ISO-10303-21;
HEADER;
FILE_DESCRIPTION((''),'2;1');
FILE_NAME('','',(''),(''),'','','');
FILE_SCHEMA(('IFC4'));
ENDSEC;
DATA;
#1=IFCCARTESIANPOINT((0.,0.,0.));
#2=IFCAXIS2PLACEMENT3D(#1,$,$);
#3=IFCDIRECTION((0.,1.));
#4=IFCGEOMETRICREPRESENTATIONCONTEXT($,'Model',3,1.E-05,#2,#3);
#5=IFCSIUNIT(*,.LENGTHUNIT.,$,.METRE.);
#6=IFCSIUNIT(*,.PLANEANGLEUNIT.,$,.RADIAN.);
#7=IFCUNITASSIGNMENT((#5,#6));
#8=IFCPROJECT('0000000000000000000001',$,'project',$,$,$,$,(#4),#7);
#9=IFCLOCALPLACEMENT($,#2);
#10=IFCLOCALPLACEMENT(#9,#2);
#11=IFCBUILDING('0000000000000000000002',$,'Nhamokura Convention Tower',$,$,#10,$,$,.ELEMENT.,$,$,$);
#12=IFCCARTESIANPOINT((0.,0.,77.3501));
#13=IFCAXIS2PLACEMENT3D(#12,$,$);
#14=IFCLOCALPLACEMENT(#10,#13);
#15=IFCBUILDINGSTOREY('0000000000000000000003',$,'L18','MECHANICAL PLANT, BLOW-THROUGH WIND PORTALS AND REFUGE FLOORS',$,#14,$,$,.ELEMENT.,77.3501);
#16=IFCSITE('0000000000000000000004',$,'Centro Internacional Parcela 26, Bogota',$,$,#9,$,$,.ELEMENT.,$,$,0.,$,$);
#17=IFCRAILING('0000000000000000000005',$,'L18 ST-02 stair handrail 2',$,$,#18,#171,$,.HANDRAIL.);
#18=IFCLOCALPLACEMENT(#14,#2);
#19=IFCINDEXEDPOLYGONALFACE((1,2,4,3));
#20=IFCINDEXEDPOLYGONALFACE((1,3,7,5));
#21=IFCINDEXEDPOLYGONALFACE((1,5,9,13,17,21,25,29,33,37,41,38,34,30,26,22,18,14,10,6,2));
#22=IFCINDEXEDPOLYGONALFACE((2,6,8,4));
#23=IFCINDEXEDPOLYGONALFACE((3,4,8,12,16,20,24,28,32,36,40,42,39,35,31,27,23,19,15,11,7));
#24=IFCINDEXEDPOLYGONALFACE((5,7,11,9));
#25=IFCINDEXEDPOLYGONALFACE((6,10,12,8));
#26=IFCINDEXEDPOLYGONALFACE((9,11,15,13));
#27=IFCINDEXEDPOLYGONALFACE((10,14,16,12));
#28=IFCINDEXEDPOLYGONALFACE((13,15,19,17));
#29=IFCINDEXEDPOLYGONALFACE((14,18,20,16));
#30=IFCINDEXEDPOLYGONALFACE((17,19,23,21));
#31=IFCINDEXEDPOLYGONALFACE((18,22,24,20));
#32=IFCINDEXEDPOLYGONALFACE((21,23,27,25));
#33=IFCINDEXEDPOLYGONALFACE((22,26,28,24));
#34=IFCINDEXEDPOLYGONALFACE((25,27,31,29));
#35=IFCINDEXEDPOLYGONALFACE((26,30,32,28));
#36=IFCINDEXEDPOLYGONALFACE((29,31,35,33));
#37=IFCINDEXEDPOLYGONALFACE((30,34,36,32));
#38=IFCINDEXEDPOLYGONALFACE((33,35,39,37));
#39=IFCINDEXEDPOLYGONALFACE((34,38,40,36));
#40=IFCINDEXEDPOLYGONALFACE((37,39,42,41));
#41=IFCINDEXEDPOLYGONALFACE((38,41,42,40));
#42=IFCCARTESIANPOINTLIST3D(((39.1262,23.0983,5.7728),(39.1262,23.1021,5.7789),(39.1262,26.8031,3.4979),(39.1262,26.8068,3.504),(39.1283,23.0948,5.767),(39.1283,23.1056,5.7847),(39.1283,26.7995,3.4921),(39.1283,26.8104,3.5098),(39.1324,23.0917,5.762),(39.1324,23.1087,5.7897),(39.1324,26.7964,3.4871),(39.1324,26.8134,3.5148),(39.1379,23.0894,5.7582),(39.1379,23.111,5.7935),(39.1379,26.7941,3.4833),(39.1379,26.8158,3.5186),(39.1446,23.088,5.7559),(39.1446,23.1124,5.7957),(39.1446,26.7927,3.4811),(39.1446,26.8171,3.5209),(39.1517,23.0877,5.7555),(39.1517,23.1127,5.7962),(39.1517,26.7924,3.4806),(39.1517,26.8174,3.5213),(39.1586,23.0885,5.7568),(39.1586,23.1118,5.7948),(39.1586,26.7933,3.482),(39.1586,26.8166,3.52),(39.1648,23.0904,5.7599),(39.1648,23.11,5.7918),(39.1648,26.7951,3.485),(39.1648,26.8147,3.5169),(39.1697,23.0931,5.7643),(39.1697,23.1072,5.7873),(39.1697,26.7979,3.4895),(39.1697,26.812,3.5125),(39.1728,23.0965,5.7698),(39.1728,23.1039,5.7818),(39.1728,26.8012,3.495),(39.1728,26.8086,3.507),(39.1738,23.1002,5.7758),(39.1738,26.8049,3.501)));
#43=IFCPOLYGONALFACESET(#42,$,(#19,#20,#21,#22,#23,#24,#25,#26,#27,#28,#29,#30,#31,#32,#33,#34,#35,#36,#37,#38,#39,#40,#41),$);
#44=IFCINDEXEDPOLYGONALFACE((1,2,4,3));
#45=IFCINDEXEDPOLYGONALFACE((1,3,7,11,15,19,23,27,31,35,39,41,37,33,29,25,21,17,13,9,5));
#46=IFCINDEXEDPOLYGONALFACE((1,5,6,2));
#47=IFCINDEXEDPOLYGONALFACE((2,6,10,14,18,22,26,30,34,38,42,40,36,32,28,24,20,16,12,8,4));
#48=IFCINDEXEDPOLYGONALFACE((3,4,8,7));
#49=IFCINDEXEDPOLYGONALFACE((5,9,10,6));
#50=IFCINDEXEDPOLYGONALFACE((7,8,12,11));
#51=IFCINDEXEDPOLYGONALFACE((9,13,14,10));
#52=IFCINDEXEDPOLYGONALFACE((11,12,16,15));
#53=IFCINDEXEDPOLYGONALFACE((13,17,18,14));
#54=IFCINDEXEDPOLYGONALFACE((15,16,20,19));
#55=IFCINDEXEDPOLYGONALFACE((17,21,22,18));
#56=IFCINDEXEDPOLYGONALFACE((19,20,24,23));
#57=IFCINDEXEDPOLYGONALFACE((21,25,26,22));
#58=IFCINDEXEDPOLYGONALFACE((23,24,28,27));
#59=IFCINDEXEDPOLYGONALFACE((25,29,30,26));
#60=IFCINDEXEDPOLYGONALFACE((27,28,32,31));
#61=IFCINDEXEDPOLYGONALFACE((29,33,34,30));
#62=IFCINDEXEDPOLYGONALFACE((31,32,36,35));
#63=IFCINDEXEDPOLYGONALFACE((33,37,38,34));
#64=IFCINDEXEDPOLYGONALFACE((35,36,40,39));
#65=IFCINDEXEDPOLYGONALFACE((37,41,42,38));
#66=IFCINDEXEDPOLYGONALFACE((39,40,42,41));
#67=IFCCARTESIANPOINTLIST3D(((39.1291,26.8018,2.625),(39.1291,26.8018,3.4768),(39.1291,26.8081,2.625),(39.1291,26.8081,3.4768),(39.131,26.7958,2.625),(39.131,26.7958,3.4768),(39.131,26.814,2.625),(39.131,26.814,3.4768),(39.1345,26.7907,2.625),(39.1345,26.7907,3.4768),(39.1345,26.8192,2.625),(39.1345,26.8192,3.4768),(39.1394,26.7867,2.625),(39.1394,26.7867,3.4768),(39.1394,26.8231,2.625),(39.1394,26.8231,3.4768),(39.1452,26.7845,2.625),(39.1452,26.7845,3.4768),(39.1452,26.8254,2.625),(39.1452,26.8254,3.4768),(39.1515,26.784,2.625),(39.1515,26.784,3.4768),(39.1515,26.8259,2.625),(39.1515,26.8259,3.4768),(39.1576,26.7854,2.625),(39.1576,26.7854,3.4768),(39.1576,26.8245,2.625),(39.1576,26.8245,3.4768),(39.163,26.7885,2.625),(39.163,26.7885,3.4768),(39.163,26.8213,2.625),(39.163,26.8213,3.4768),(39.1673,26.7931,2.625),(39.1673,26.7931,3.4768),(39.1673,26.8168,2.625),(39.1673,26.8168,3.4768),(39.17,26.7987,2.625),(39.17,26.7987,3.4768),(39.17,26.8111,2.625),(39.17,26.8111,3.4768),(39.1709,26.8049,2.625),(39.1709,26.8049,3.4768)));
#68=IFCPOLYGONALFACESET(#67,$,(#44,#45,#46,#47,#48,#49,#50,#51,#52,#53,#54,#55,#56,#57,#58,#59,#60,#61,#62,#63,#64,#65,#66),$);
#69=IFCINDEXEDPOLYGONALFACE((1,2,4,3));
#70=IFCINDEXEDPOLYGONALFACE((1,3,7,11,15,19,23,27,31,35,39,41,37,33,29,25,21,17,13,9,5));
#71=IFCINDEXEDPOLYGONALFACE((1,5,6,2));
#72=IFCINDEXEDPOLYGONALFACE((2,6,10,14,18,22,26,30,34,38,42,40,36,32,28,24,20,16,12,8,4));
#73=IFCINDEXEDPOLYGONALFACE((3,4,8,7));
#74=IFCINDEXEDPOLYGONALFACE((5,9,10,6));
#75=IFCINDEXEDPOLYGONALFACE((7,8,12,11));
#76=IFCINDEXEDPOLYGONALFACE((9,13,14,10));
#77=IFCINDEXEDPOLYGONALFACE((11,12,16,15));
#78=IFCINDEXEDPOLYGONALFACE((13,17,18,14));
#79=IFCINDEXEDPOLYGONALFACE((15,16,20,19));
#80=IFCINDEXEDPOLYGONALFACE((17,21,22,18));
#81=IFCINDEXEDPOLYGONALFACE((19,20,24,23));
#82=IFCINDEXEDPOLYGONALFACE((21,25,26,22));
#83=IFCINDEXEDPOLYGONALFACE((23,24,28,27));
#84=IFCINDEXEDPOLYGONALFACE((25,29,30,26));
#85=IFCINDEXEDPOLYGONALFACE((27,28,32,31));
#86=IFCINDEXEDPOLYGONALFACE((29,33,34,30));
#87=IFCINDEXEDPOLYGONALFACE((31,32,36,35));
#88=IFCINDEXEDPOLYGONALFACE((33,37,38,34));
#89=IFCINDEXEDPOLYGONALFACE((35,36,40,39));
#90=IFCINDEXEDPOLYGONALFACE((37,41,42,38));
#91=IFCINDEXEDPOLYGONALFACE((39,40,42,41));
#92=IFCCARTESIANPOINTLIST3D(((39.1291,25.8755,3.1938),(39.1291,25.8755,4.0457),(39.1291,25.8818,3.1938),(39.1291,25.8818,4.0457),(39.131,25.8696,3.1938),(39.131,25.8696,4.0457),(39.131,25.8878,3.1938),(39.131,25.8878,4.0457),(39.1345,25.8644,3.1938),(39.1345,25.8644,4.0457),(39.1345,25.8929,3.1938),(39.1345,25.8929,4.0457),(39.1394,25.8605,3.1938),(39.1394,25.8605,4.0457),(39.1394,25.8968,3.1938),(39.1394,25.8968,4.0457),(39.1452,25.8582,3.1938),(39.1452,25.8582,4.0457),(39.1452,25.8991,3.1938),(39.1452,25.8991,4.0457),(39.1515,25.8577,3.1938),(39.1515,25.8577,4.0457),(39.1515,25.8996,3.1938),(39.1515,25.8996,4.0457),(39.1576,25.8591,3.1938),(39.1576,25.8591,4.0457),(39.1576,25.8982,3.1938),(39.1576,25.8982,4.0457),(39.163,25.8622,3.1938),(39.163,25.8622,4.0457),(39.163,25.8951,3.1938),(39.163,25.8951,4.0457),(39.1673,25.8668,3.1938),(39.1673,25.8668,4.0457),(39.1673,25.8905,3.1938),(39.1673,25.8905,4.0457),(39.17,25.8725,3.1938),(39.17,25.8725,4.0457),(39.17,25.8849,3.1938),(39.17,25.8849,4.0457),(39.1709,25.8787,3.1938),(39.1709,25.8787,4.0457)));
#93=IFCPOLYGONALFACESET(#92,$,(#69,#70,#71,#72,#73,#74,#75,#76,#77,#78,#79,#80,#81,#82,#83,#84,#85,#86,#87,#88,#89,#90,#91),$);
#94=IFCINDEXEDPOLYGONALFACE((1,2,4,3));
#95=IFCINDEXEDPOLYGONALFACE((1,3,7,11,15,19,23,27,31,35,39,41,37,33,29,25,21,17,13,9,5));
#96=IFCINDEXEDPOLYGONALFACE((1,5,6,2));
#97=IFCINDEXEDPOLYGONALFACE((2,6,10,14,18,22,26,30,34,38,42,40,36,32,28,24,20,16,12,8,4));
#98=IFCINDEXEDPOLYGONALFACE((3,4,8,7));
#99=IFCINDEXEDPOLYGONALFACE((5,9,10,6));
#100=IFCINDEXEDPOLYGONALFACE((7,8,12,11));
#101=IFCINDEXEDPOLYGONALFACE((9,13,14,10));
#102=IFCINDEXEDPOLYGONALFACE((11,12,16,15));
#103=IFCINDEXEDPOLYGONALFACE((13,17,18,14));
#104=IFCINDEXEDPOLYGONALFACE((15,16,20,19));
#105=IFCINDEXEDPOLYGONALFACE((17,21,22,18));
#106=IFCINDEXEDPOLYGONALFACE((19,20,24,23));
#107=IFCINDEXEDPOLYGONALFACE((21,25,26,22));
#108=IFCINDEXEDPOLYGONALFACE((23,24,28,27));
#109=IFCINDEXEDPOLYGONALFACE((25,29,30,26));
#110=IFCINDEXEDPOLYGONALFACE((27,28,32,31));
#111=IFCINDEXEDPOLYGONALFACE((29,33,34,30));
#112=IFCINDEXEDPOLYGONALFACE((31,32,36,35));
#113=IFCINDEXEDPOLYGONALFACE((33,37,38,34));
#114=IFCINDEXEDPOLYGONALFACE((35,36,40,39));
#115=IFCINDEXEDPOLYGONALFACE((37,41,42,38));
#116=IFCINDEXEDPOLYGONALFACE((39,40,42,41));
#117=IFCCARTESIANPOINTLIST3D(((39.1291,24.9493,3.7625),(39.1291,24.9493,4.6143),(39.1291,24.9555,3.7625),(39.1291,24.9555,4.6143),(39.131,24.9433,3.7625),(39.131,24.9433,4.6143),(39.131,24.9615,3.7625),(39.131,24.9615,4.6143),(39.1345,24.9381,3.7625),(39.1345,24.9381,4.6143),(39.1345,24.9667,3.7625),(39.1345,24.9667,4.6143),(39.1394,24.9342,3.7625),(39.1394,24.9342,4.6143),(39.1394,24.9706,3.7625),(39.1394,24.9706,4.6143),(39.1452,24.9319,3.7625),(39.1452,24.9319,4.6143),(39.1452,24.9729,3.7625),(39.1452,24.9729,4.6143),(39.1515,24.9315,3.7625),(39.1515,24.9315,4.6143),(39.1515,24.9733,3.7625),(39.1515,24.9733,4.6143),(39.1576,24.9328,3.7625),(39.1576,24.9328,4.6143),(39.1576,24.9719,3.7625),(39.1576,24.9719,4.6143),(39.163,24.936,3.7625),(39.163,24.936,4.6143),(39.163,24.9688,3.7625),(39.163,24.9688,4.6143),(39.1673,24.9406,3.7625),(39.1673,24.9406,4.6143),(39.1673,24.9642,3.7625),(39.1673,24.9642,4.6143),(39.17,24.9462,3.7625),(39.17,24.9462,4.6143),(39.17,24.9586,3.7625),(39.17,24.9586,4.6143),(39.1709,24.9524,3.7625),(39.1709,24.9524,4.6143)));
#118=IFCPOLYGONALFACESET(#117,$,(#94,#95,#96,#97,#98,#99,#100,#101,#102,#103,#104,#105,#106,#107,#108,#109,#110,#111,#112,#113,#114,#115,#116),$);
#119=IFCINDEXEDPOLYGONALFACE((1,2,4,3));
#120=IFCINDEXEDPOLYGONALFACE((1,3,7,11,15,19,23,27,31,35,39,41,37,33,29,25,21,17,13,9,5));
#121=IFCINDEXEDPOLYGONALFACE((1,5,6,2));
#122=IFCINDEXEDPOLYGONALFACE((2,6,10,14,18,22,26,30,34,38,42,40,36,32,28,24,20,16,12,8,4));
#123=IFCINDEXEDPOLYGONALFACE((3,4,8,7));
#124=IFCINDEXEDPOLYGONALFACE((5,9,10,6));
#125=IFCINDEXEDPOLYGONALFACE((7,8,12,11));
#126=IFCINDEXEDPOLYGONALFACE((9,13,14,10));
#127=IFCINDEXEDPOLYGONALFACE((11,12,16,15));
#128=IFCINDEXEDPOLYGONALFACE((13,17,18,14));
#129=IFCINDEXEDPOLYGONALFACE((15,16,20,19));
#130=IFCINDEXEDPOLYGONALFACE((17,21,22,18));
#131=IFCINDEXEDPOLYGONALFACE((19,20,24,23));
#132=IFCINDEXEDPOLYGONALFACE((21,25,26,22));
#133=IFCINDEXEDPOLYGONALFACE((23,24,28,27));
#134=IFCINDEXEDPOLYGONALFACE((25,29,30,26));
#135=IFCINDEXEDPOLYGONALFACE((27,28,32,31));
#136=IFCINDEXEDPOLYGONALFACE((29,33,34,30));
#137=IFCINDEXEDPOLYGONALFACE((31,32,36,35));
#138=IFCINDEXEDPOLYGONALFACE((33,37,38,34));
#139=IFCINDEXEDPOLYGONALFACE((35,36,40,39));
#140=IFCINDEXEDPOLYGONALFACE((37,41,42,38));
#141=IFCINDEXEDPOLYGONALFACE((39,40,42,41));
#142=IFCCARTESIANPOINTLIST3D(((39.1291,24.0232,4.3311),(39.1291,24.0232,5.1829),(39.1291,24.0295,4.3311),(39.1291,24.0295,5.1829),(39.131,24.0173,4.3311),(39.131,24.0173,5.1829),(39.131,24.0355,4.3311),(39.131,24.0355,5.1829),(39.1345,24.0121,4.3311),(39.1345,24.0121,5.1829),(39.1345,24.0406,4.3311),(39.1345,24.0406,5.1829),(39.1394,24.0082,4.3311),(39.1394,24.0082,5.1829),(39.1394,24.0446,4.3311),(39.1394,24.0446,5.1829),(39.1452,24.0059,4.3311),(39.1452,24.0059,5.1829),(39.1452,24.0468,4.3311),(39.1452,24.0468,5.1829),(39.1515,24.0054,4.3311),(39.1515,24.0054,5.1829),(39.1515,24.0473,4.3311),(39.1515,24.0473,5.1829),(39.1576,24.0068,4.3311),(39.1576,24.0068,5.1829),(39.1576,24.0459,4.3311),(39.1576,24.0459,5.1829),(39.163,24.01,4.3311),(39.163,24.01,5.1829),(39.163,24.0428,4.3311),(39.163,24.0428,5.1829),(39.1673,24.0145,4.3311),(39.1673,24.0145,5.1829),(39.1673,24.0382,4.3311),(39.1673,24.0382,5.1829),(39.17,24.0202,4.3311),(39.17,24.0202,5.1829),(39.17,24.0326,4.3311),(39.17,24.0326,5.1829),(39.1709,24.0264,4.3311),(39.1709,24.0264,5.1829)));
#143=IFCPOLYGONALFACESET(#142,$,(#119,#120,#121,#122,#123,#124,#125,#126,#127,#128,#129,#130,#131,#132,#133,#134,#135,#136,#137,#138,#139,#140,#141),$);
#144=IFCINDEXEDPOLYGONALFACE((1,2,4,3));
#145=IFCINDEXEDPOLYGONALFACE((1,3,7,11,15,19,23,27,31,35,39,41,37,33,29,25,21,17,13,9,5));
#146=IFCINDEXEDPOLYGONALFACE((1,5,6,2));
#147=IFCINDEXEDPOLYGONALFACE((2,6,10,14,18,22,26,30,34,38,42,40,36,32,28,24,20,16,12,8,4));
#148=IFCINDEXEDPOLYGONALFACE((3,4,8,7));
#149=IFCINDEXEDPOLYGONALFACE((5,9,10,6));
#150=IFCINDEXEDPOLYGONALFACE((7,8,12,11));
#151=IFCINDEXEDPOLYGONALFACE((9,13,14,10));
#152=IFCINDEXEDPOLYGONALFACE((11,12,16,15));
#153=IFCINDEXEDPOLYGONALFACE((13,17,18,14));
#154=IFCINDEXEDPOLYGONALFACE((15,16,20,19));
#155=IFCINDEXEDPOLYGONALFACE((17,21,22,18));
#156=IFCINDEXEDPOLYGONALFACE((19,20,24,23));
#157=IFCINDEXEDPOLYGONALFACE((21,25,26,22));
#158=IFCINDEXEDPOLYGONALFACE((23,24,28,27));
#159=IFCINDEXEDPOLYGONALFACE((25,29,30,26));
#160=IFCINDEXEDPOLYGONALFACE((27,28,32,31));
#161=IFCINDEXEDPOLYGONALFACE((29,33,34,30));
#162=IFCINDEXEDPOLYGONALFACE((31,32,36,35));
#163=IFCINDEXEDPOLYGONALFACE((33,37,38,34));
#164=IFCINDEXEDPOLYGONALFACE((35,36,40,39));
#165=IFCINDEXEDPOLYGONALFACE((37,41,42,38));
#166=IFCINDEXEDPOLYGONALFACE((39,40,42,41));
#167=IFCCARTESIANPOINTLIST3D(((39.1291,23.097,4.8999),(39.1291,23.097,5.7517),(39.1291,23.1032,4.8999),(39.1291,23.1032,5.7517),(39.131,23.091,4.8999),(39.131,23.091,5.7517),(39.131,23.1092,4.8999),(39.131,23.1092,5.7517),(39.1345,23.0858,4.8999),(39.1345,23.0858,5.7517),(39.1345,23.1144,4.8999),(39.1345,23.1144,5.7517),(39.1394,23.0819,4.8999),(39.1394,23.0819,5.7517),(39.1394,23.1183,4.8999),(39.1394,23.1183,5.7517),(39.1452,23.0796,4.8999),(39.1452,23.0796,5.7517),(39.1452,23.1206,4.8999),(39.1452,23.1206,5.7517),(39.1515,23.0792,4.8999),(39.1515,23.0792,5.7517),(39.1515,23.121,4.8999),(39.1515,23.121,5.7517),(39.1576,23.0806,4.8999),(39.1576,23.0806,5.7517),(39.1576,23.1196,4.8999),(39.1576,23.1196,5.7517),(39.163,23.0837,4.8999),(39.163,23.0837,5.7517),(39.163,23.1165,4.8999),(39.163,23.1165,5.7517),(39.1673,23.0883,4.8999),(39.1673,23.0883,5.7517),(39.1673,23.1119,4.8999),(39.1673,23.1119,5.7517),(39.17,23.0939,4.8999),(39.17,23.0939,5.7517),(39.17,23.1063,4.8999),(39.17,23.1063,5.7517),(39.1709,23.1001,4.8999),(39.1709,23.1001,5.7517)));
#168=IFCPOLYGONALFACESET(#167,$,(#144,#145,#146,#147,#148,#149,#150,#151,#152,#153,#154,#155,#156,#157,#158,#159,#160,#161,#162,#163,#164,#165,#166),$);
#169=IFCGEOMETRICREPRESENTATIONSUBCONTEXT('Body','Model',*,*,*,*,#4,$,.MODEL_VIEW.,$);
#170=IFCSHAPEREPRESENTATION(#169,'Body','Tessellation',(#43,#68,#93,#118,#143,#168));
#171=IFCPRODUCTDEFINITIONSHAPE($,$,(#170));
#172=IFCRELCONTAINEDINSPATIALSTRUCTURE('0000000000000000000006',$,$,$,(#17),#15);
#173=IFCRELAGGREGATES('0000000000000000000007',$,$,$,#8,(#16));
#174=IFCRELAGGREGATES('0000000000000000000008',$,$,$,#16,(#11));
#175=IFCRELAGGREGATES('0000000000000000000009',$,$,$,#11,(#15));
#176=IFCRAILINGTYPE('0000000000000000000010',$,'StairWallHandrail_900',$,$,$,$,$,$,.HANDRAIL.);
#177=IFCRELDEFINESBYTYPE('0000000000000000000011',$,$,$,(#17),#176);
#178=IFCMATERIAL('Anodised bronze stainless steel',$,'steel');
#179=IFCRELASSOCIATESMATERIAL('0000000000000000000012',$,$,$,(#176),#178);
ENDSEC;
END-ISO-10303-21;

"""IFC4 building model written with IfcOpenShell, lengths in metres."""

from ifc_helpers import new_model, si_unit, direction, frame, origin, origin_2d, place, context, subcontext, project, spatial, circle, extrude, material, type_object, element, save


model = new_model("IFC4")

# Units and contexts
model_context = context("Model", 3, precision=1e-05, world=origin(), true_north=direction((0.0, 1.0)))
body_context = subcontext(model_context, "Body", "Model", "MODEL_VIEW")
ifc_project = project(units=[si_unit("LENGTHUNIT", "METRE"), si_unit("PLANEANGLEUNIT", "RADIAN")], contexts=[model_context])

# Site, building, storey
site_placement = place(None, origin())
site = spatial("IfcSite", under=ifc_project, at=site_placement, Name="Centro Internacional Parcela 26, Bogota", CompositionType="ELEMENT", RefElevation=0.0)
building_placement = place(site_placement, origin())
building = spatial("IfcBuilding", under=site, at=building_placement, Name="Nhamokura Convention Tower", CompositionType="ELEMENT")
storey_placement = place(building_placement, frame((0.0, 0.0, 77.3501)))
storey = spatial("IfcBuildingStorey", under=building, at=storey_placement, Name="L18", Description="MECHANICAL PLANT, BLOW-THROUGH WIND PORTALS AND REFUGE FLOORS", CompositionType="ELEMENT", Elevation=77.3501)

# Railing
ifc_material_1 = material(Name="Anodised bronze stainless steel", Category="steel")
railing_type_1 = type_object("IfcRailingType", Name="StairWallHandrail_900", PredefinedType="HANDRAIL", material=ifc_material_1)
railing_1_placement = place(storey_placement, frame((39.1499, 26.8049, 2.625)))
element("IfcRailing", 1, at=railing_1_placement, inside=storey, type_object=railing_type_1, Name="L18 ST-02 stair handrail 2", PredefinedType="HANDRAIL", context=body_context, shape_type="SweptSolid", body=[
    extrude(circle(Radius=0.0239, at=origin_2d()), frame((0.0, 0.0, 0.876), z_axis=(0.0, -0.852171, 0.523264), x_axis=(1.0, 0.0, 0.0)), (0.0, 0.0, 1.0), 4.3474),
    extrude(circle(Radius=0.021, at=origin_2d()), origin(), (0.0, 0.0, 1.0), 0.8518),
    extrude(circle(Radius=0.021, at=origin_2d()), frame((0.0, -0.9263, 0.5688)), (0.0, 0.0, 1.0), 0.8518),
    extrude(circle(Radius=0.021, at=origin_2d()), frame((0.0, -1.8525, 1.1375)), (0.0, 0.0, 1.0), 0.8518),
    extrude(circle(Radius=0.021, at=origin_2d()), frame((0.0, -2.7786, 1.7061)), (0.0, 0.0, 1.0), 0.8518),
    extrude(circle(Radius=0.021, at=origin_2d()), frame((0.0, -3.7048, 2.2749)), (0.0, 0.0, 1.0), 0.8518),
])

save(model, "model.ifc")
